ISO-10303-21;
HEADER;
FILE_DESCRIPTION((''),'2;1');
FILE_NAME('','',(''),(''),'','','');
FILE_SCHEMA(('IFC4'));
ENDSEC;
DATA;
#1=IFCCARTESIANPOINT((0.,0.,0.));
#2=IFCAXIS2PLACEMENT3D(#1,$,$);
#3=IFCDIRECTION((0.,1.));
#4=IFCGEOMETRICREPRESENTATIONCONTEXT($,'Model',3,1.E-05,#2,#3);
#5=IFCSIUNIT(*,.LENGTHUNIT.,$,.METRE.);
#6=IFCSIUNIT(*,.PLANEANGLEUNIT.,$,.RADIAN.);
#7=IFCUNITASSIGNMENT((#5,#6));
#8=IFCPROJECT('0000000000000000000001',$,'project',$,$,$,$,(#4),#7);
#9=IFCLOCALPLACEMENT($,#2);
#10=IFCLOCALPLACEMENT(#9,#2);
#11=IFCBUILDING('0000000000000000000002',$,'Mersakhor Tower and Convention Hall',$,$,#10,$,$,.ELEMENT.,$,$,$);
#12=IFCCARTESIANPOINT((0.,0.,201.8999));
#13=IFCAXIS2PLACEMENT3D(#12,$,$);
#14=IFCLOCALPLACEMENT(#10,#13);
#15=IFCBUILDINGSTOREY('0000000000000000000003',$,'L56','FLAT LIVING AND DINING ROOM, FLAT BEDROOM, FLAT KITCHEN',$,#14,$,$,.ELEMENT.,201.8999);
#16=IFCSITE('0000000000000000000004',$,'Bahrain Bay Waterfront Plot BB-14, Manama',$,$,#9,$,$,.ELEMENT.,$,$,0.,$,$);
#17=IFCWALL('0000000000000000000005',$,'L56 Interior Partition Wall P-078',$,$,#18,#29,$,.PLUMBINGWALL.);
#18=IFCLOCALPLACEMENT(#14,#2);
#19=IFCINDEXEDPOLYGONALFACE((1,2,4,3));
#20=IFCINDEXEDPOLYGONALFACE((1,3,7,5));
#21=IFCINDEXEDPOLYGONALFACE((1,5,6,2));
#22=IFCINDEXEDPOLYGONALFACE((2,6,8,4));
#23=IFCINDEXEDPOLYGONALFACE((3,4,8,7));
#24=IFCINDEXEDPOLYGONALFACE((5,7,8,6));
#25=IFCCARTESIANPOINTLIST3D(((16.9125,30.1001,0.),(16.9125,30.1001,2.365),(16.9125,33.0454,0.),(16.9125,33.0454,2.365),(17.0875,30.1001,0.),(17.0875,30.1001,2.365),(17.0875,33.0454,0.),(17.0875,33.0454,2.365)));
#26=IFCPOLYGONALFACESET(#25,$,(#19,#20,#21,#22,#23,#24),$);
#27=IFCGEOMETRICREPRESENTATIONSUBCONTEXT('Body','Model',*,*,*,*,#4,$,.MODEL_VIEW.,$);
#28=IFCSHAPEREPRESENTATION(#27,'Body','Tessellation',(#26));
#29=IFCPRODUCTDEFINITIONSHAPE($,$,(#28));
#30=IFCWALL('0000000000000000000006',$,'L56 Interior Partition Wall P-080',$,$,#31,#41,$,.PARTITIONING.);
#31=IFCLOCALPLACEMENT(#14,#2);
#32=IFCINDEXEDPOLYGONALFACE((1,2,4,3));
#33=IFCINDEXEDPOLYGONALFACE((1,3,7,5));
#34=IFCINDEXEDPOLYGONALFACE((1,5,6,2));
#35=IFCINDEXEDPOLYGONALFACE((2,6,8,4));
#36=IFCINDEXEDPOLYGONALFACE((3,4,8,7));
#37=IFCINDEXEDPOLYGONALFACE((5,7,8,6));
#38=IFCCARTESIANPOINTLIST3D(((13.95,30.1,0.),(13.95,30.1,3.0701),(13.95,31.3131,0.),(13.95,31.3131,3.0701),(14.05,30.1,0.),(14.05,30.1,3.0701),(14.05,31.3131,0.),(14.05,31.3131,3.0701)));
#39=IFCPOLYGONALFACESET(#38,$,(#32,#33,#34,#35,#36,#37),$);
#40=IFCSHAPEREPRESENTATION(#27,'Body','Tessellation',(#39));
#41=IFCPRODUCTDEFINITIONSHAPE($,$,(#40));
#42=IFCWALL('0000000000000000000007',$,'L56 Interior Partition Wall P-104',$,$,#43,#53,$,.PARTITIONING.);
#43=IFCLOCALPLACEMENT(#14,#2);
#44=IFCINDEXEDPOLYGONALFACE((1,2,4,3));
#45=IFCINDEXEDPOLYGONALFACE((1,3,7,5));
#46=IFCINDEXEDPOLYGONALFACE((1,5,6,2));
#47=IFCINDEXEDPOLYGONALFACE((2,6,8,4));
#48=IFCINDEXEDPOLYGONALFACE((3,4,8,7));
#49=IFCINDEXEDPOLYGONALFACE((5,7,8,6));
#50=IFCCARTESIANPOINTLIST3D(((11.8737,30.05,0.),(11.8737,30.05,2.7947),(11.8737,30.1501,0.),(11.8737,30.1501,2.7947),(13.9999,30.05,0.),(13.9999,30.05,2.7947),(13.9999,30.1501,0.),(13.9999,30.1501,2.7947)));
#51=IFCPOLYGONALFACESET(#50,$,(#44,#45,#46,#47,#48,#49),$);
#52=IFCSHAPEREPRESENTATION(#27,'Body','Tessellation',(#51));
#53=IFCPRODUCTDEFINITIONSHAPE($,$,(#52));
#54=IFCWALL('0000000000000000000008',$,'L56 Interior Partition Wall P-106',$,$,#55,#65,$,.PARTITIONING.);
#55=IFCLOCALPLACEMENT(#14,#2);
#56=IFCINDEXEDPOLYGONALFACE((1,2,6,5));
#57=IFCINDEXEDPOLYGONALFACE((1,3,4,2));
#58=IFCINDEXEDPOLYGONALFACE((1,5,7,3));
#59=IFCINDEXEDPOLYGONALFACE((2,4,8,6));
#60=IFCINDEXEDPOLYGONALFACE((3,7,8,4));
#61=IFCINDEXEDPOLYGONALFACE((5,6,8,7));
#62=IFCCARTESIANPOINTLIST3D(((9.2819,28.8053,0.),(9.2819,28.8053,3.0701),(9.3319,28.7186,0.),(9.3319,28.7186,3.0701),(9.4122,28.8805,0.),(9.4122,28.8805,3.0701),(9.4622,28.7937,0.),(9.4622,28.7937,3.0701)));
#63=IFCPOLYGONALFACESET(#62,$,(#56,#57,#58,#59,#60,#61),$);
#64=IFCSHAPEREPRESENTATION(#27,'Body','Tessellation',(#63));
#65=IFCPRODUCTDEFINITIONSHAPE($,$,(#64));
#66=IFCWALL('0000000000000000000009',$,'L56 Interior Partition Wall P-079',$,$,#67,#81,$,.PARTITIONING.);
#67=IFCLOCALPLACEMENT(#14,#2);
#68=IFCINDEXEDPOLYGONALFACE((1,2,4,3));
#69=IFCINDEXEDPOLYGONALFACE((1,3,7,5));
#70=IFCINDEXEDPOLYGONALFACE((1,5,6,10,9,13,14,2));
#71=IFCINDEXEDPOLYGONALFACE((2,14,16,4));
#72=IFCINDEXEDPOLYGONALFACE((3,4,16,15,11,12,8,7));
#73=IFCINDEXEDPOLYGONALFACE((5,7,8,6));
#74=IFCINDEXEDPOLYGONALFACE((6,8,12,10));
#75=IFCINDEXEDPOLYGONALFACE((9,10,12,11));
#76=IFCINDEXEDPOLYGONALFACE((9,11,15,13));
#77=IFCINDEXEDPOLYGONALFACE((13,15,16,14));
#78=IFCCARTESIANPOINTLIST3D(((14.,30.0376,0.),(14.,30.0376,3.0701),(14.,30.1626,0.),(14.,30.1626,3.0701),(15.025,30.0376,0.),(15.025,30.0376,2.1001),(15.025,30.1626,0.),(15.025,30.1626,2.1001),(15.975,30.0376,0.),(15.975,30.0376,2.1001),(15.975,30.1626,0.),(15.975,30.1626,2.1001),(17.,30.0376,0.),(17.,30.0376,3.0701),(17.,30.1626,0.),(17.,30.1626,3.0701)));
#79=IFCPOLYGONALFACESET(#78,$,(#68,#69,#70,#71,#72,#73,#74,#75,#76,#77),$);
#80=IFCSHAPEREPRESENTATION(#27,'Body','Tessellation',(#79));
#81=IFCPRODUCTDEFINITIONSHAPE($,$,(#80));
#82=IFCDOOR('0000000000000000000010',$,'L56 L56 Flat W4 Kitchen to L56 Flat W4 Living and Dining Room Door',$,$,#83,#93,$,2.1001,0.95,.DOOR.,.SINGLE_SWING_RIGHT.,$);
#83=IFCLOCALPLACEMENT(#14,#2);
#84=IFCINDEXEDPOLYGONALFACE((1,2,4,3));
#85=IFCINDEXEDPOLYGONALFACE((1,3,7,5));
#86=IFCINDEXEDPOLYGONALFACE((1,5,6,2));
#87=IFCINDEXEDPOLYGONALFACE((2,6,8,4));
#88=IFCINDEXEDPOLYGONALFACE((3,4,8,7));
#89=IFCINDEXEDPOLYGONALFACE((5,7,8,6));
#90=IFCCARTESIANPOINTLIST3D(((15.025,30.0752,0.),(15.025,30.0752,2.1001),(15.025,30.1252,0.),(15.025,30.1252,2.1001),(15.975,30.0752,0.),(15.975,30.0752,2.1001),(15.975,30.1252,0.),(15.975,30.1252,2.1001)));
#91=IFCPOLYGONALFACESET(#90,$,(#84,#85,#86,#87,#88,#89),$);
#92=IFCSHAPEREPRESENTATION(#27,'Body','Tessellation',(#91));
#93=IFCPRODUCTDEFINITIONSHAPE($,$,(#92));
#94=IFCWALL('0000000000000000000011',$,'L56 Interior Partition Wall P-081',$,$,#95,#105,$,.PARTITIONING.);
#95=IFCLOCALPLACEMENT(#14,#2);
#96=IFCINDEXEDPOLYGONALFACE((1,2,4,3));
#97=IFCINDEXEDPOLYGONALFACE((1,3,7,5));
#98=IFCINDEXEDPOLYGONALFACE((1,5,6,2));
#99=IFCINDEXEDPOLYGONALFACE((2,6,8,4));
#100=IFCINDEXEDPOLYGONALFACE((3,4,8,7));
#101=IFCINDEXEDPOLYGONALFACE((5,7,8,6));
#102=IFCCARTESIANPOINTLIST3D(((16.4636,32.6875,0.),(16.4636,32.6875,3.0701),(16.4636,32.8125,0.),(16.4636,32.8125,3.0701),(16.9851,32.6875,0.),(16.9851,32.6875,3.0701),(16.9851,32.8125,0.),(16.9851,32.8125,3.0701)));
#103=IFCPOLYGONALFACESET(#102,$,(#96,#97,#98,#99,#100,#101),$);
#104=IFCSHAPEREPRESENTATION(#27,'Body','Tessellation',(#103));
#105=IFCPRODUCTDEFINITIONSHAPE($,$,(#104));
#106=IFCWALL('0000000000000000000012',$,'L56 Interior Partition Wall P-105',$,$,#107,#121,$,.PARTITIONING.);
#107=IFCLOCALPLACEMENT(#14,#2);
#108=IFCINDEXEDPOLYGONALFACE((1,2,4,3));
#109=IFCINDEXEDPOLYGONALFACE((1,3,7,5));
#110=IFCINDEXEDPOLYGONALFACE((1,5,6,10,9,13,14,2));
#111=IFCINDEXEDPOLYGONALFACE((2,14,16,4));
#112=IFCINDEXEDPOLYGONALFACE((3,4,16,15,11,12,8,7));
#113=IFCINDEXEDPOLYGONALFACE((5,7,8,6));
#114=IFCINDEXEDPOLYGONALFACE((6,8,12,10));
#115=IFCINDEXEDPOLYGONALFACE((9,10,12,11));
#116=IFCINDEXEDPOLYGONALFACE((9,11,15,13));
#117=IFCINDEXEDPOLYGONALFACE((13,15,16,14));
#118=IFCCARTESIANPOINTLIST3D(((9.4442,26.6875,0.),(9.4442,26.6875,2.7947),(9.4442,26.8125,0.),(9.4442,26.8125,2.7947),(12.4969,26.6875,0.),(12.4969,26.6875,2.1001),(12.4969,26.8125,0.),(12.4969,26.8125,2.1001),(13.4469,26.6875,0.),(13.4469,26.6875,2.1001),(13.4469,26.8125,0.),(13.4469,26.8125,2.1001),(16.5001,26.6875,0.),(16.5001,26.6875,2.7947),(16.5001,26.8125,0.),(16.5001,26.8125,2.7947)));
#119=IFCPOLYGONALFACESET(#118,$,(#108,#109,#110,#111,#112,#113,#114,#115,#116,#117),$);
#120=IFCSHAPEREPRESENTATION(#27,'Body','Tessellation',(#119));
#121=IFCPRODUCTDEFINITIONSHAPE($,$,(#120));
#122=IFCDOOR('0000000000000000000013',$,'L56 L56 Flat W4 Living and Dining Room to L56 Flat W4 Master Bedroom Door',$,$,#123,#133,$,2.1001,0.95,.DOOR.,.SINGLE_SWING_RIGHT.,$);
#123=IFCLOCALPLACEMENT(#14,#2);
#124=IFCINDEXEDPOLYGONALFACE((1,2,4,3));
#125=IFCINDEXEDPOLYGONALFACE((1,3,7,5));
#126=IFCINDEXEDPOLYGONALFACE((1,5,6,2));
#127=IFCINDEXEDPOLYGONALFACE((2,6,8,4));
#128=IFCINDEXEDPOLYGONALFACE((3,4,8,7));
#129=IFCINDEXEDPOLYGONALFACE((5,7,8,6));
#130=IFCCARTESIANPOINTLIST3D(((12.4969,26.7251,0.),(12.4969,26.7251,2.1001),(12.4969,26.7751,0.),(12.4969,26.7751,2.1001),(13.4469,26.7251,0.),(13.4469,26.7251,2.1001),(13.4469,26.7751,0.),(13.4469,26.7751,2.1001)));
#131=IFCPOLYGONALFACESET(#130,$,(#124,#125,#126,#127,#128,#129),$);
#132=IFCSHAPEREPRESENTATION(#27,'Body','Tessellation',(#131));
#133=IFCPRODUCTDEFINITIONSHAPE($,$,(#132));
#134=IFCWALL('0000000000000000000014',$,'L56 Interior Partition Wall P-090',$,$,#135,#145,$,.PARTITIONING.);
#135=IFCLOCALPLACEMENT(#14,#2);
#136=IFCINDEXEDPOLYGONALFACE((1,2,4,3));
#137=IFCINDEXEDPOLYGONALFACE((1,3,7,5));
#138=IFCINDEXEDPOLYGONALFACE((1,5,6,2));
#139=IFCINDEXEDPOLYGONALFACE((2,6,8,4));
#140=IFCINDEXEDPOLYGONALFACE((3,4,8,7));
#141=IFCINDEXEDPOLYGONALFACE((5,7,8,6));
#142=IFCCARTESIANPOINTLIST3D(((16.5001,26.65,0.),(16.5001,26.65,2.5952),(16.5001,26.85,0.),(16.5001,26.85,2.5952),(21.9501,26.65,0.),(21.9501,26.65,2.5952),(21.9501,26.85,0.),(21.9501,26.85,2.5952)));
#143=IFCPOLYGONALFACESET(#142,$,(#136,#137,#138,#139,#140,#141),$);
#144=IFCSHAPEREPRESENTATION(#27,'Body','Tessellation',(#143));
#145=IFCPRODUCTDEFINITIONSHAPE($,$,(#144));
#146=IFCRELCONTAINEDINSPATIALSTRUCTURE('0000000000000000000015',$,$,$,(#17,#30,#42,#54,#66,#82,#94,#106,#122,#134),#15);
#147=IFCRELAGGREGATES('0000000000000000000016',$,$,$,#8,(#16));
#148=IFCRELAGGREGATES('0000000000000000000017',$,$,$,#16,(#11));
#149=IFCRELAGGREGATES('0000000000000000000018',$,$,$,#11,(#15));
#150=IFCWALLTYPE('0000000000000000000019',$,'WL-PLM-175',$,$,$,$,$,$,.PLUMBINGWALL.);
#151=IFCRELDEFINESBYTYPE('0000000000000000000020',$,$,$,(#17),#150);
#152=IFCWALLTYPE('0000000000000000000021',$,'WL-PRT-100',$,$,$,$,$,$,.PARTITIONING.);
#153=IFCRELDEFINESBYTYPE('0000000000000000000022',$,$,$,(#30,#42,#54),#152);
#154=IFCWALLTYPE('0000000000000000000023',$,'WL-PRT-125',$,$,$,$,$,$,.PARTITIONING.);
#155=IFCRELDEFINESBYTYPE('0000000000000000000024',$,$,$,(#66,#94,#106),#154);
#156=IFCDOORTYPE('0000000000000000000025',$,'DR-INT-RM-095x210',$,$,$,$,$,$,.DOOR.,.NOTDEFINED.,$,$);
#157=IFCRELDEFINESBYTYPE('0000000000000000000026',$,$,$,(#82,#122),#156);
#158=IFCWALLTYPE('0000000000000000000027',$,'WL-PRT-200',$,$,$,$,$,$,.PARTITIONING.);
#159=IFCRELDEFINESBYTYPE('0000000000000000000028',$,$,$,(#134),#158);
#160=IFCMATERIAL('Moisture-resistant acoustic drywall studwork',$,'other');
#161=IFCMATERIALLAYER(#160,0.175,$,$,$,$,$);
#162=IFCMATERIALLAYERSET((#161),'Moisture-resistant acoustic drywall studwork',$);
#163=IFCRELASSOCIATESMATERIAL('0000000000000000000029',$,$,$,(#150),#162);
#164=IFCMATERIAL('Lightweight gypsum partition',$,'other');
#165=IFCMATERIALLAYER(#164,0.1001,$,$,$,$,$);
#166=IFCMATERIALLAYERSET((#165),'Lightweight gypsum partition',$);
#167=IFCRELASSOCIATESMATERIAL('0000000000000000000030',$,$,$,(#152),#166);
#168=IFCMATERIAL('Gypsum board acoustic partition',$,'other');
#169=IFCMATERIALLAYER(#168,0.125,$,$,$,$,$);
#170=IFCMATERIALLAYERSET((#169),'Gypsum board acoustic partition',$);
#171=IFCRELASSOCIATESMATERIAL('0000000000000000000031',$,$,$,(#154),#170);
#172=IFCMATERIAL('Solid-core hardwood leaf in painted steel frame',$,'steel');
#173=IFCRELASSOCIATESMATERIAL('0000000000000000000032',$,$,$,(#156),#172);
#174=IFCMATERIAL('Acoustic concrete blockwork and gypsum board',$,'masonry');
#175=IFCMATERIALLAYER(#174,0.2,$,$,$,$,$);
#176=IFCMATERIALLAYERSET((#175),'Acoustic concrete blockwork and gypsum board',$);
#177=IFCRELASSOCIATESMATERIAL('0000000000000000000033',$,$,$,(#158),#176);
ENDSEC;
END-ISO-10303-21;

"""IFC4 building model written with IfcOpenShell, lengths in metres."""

from ifc_helpers import new_model, si_unit, direction, frame, frame_2d, origin, place, context, subcontext, project, spatial, rectangle, extrude, material, layer, layer_set, type_object, element, fill, save


model = new_model("IFC4")

# Units and contexts
model_context = context("Model", 3, precision=1e-05, world=origin(), true_north=direction((0.0, 1.0)))
body_context = subcontext(model_context, "Body", "Model", "MODEL_VIEW")
ifc_project = project(units=[si_unit("LENGTHUNIT", "METRE"), si_unit("PLANEANGLEUNIT", "RADIAN")], contexts=[model_context])

# Site, building, storey
site_placement = place(None, origin())
site = spatial("IfcSite", under=ifc_project, at=site_placement, Name="Bahrain Bay Waterfront Plot BB-14, Manama", CompositionType="ELEMENT", RefElevation=0.0)
building_placement = place(site_placement, origin())
building = spatial("IfcBuilding", under=site, at=building_placement, Name="Mersakhor Tower and Convention Hall", CompositionType="ELEMENT")
storey_placement = place(building_placement, frame((0.0, 0.0, 201.8999)))
storey = spatial("IfcBuildingStorey", under=building, at=storey_placement, Name="L56", Description="FLAT LIVING AND DINING ROOM, FLAT BEDROOM, FLAT KITCHEN", CompositionType="ELEMENT", Elevation=201.8999)

# Walls
ifc_material_1 = material(Name="Moisture-resistant acoustic drywall studwork", Category="other")
ifc_layer_1 = layer(ifc_material_1, 0.175)
ifc_layer_set_1 = layer_set([ifc_layer_1], Name="Moisture-resistant acoustic drywall studwork")
wall_type_1 = type_object("IfcWallType", Name="WL-PLM-175", PredefinedType="PLUMBINGWALL", material=ifc_layer_set_1)
wall_1_placement = place(storey_placement, frame((17.0, 30.1001, 0.0), z_axis=(0.0, 0.0, 1.0), x_axis=(0.0, 1.0, 0.0)))
element("IfcWall", 1, at=wall_1_placement, inside=storey, type_object=wall_type_1, Name="L56 Interior Partition Wall P-078", PredefinedType="PLUMBINGWALL", context=body_context, shape_type="SweptSolid", body=[
    extrude(rectangle(XDim=2.9453, YDim=0.175, at=frame_2d((1.4727, 0.0))), origin(), (0.0, 0.0, 1.0), 2.365),
])
ifc_material_2 = material(Name="Lightweight gypsum partition", Category="other")
ifc_layer_2 = layer(ifc_material_2, 0.1001)
ifc_layer_set_2 = layer_set([ifc_layer_2], Name="Lightweight gypsum partition")
wall_type_2 = type_object("IfcWallType", Name="WL-PRT-100", PredefinedType="PARTITIONING", material=ifc_layer_set_2)
wall_2_placement = place(storey_placement, frame((14.0, 30.1001, 0.0), z_axis=(0.0, 0.0, 1.0), x_axis=(0.0, 1.0, 0.0)))
element("IfcWall", 2, at=wall_2_placement, inside=storey, type_object=wall_type_2, Name="L56 Interior Partition Wall P-080", PredefinedType="PARTITIONING", context=body_context, shape_type="SweptSolid", body=[
    extrude(rectangle(XDim=1.2131, YDim=0.1001, at=frame_2d((0.6064, 0.0))), origin(), (0.0, 0.0, 1.0), 3.0701),
])
wall_3_placement = place(storey_placement, frame((11.8738, 30.1001, 0.0), z_axis=(0.0, 0.0, 1.0), x_axis=(1.0, 0.0, 0.0)))
element("IfcWall", 3, at=wall_3_placement, inside=storey, type_object=wall_type_2, Name="L56 Interior Partition Wall P-104", PredefinedType="PARTITIONING", context=body_context, shape_type="SweptSolid", body=[
    extrude(rectangle(XDim=2.1262, YDim=0.1001, at=frame_2d((1.063, 0.0))), origin(), (0.0, 0.0, 1.0), 2.7947),
])
wall_4_placement = place(storey_placement, frame((9.3069, 28.762, 0.0), z_axis=(0.0, 0.0, 1.0), x_axis=(0.86624, 0.499629, 0.0)))
element("IfcWall", 4, at=wall_4_placement, inside=storey, type_object=wall_type_2, Name="L56 Interior Partition Wall P-106", PredefinedType="PARTITIONING", context=body_context, shape_type="SweptSolid", body=[
    extrude(rectangle(XDim=0.1504, YDim=0.1001, at=frame_2d((0.0752, 0.0))), origin(), (0.0, 0.0, 1.0), 3.0701),
])

# Wall, opening, door
ifc_material_3 = material(Name="Gypsum board acoustic partition", Category="other")
ifc_layer_3 = layer(ifc_material_3, 0.125)
ifc_layer_set_3 = layer_set([ifc_layer_3], Name="Gypsum board acoustic partition")
wall_type_3 = type_object("IfcWallType", Name="WL-PRT-125", PredefinedType="PARTITIONING", material=ifc_layer_set_3)
wall_5_placement = place(storey_placement, frame((17.0, 30.1001, 0.0), z_axis=(0.0, 0.0, 1.0), x_axis=(-1.0, 0.0, 0.0)))
wall_5 = element("IfcWall", 5, at=wall_5_placement, inside=storey, type_object=wall_type_3, Name="L56 Interior Partition Wall P-079", PredefinedType="PARTITIONING", context=body_context, shape_type="SweptSolid", body=[
    extrude(rectangle(XDim=3.0, YDim=0.125, at=frame_2d((1.5, 0.0))), origin(), (0.0, 0.0, 1.0), 3.0701),
])
opening_1_placement = place(wall_5_placement, frame((1.0249, 0.0, 0.0)))
opening_1 = element("IfcOpeningElement", 6, at=opening_1_placement, cuts=wall_5, PredefinedType="OPENING", context=body_context, shape_type="SweptSolid", body=[
    extrude(rectangle(XDim=0.95, YDim=2.1001, at=frame_2d((0.4751, 1.05))), frame((0.0, 0.0725, 0.0), z_axis=(0.0, -1.0, 0.0), x_axis=(1.0, 0.0, 0.0)), (0.0, 0.0, 1.0), 0.145),
])
ifc_material_4 = material(Name="Solid-core hardwood leaf in painted steel frame", Category="steel")
door_type = type_object("IfcDoorType", Name="DR-INT-RM-095x210", OperationType="NOTDEFINED", PredefinedType="DOOR", material=ifc_material_4)
door_1_placement = place(opening_1_placement, origin())
door_1 = element("IfcDoor", 7, at=door_1_placement, inside=storey, type_object=door_type, Name="L56 L56 Flat W4 Kitchen to L56 Flat W4 Living and Dining Room Door", OperationType="SINGLE_SWING_RIGHT", OverallHeight=2.1001, OverallWidth=0.95, PredefinedType="DOOR", context=body_context, shape_type="SweptSolid", body=[
    extrude(rectangle(XDim=0.95, YDim=2.1001, at=frame_2d((0.4751, 1.05))), frame((0.0, 0.0249, 0.0), z_axis=(0.0, -1.0, 0.0), x_axis=(1.0, 0.0, 0.0)), (0.0, 0.0, 1.0), 0.05),
])
fill(opening_1, door_1)

# Wall
wall_6_placement = place(storey_placement, frame((16.4636, 32.75, 0.0), z_axis=(0.0, 0.0, 1.0), x_axis=(1.0, 0.0, 0.0)))
element("IfcWall", 8, at=wall_6_placement, inside=storey, type_object=wall_type_3, Name="L56 Interior Partition Wall P-081", PredefinedType="PARTITIONING", context=body_context, shape_type="SweptSolid", body=[
    extrude(rectangle(XDim=0.5215, YDim=0.125, at=frame_2d((0.2607, 0.0))), origin(), (0.0, 0.0, 1.0), 3.0701),
])

# Wall, opening, door
wall_7_placement = place(storey_placement, frame((16.5, 26.75, 0.0), z_axis=(0.0, 0.0, 1.0), x_axis=(-1.0, 0.0, 0.0)))
wall_7 = element("IfcWall", 9, at=wall_7_placement, inside=storey, type_object=wall_type_3, Name="L56 Interior Partition Wall P-105", PredefinedType="PARTITIONING", context=body_context, shape_type="SweptSolid", body=[
    extrude(rectangle(XDim=7.0559, YDim=0.125, at=frame_2d((3.5278, 0.0))), origin(), (0.0, 0.0, 1.0), 2.7947),
])
opening_2_placement = place(wall_7_placement, frame((3.053, 0.0, 0.0)))
opening_2 = element("IfcOpeningElement", 10, at=opening_2_placement, cuts=wall_7, PredefinedType="OPENING", context=body_context, shape_type="SweptSolid", body=[
    extrude(rectangle(XDim=0.95, YDim=2.1001, at=frame_2d((0.4751, 1.05))), frame((0.0, 0.0725, 0.0), z_axis=(0.0, -1.0, 0.0), x_axis=(1.0, 0.0, 0.0)), (0.0, 0.0, 1.0), 0.145),
])
door_2_placement = place(opening_2_placement, origin())
door_2 = element("IfcDoor", 11, at=door_2_placement, inside=storey, type_object=door_type, Name="L56 L56 Flat W4 Living and Dining Room to L56 Flat W4 Master Bedroom Door", OperationType="SINGLE_SWING_RIGHT", OverallHeight=2.1001, OverallWidth=0.95, PredefinedType="DOOR", context=body_context, shape_type="SweptSolid", body=[
    extrude(rectangle(XDim=0.95, YDim=2.1001, at=frame_2d((0.4751, 1.05))), frame((0.0, 0.0249, 0.0), z_axis=(0.0, -1.0, 0.0), x_axis=(1.0, 0.0, 0.0)), (0.0, 0.0, 1.0), 0.05),
])
fill(opening_2, door_2)

# Wall
ifc_material_5 = material(Name="Acoustic concrete blockwork and gypsum board", Category="masonry")
ifc_layer_4 = layer(ifc_material_5, 0.2)
ifc_layer_set_4 = layer_set([ifc_layer_4], Name="Acoustic concrete blockwork and gypsum board")
wall_type_4 = type_object("IfcWallType", Name="WL-PRT-200", PredefinedType="PARTITIONING", material=ifc_layer_set_4)
wall_8_placement = place(storey_placement, frame((16.5, 26.75, 0.0), z_axis=(0.0, 0.0, 1.0), x_axis=(1.0, 0.0, 0.0)))
element("IfcWall", 12, at=wall_8_placement, inside=storey, type_object=wall_type_4, Name="L56 Interior Partition Wall P-090", PredefinedType="PARTITIONING", context=body_context, shape_type="SweptSolid", body=[
    extrude(rectangle(XDim=5.45, YDim=0.2, at=frame_2d((2.7251, 0.0))), origin(), (0.0, 0.0, 1.0), 2.5952),
])

save(model, "model.ifc")
